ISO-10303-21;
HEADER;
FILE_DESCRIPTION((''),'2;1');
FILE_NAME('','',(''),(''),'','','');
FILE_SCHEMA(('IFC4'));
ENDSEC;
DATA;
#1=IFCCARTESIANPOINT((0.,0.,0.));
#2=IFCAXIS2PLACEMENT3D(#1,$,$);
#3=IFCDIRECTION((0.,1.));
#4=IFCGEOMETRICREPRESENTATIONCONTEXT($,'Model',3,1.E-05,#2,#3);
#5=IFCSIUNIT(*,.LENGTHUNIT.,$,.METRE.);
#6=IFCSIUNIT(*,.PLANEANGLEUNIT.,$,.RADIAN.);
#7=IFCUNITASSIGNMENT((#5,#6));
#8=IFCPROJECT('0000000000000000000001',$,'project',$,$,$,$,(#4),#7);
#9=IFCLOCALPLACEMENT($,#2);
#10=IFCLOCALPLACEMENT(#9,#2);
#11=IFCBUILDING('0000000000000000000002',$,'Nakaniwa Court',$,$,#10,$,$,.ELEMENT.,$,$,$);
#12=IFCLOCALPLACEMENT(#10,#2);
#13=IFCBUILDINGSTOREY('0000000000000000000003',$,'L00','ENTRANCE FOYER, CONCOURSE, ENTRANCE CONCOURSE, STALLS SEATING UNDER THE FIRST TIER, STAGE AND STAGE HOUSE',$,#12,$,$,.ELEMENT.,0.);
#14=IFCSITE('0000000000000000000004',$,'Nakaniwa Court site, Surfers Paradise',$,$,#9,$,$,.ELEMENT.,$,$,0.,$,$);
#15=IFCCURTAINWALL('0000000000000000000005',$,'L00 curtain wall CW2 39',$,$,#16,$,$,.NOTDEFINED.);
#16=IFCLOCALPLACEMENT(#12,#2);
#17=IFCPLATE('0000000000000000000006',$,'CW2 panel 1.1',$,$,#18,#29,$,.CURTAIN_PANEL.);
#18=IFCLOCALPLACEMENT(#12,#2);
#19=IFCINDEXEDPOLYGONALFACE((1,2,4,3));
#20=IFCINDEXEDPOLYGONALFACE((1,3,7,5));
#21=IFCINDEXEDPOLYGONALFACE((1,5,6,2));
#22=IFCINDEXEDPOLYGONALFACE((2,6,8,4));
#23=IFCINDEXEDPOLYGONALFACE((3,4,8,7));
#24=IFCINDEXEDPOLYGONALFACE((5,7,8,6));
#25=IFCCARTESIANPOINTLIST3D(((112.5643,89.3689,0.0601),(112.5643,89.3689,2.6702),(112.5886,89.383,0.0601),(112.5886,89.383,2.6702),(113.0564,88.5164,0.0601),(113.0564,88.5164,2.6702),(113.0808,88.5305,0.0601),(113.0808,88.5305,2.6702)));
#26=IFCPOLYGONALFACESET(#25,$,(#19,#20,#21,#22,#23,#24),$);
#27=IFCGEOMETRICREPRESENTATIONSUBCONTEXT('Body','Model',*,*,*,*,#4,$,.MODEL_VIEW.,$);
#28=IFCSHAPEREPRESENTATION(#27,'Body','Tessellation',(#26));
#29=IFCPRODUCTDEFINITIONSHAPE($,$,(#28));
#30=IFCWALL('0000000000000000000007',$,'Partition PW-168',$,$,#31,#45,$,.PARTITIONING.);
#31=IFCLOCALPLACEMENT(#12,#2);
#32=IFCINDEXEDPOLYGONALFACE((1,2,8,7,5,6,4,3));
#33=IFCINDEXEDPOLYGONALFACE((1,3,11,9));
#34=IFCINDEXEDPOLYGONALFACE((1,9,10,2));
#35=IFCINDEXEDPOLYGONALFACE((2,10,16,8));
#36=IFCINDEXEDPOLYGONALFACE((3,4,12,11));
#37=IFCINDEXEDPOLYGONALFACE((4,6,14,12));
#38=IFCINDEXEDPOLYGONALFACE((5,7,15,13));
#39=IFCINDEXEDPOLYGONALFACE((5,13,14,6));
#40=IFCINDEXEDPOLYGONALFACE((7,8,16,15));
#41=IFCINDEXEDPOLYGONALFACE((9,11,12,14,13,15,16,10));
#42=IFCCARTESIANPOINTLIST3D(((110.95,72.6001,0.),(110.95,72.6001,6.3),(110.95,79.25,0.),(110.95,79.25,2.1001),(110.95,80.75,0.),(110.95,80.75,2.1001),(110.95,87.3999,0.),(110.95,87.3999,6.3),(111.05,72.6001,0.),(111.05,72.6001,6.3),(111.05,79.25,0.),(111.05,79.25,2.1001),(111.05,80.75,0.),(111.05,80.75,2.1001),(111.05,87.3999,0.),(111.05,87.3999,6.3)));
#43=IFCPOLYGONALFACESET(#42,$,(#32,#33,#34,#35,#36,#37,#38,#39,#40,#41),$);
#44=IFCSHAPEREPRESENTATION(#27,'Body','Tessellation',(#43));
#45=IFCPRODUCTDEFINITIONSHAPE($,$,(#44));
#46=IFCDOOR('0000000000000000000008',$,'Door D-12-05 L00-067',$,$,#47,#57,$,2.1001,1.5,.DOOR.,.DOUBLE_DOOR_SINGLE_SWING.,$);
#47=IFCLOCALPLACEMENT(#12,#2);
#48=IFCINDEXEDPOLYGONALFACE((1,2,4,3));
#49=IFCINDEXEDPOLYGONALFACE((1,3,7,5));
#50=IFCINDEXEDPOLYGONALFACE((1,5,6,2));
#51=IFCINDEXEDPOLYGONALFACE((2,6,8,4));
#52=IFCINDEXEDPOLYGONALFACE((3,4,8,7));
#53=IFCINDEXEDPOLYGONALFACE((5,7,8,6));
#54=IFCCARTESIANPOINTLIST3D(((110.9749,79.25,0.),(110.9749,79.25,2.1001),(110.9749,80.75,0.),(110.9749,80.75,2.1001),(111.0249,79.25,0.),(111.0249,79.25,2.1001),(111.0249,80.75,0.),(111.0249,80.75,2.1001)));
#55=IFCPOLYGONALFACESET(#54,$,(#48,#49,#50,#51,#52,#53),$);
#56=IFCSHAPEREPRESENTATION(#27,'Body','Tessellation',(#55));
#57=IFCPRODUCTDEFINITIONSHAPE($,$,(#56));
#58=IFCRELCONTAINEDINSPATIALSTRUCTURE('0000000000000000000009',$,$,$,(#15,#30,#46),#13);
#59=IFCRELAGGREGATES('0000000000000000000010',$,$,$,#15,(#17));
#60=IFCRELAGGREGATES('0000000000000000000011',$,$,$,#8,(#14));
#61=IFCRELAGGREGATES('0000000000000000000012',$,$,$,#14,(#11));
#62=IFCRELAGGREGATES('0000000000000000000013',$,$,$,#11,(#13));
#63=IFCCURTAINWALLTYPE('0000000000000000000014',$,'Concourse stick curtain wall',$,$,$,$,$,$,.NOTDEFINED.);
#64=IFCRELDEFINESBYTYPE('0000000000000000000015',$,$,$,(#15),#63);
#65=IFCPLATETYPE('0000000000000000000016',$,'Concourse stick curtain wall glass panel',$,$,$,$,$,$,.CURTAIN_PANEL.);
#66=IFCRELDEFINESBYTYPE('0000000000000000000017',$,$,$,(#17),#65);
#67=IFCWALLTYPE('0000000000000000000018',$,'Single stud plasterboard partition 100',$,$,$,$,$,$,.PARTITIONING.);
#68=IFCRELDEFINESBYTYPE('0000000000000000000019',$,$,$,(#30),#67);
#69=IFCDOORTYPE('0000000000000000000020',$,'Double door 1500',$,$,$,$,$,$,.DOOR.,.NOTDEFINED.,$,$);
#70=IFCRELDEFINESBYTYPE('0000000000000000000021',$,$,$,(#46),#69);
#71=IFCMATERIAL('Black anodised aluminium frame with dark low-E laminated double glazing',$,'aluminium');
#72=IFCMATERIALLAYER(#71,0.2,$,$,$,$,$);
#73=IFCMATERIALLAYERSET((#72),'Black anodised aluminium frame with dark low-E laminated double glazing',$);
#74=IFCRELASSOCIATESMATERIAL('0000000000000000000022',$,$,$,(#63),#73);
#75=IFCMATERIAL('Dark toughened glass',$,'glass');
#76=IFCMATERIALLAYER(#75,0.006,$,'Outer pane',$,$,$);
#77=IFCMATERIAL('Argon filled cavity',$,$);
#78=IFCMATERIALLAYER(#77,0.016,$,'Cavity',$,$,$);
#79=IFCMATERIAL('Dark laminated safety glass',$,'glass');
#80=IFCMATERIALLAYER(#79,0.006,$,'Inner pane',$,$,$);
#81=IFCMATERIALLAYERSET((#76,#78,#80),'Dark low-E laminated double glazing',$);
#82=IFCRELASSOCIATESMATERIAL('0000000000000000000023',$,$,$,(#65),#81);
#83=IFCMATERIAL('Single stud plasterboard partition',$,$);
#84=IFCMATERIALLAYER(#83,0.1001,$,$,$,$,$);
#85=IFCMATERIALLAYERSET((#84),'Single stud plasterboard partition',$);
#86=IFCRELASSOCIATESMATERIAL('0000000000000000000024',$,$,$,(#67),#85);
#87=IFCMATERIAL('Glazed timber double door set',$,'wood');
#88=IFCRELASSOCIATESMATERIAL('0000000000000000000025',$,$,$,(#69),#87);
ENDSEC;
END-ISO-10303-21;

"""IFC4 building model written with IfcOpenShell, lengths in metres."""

from ifc_helpers import new_model, si_unit, direction, frame, frame_2d, origin, origin_2d, place, context, subcontext, project, spatial, rectangle, extrude, material, layer, layer_set, type_object, element, fill, aggregate, save


model = new_model("IFC4")

# Units and contexts
model_context = context("Model", 3, precision=1e-05, world=origin(), true_north=direction((0.0, 1.0)))
body_context = subcontext(model_context, "Body", "Model", "MODEL_VIEW")
ifc_project = project(units=[si_unit("LENGTHUNIT", "METRE"), si_unit("PLANEANGLEUNIT", "RADIAN")], contexts=[model_context])

# Site, building, storey
site_placement = place(None, origin())
site = spatial("IfcSite", under=ifc_project, at=site_placement, Name="Nakaniwa Court site, Surfers Paradise", CompositionType="ELEMENT", RefElevation=0.0)
building_placement = place(site_placement, origin())
building = spatial("IfcBuilding", under=site, at=building_placement, Name="Nakaniwa Court", CompositionType="ELEMENT")
storey_placement = place(building_placement, origin())
storey = spatial("IfcBuildingStorey", under=building, at=storey_placement, Name="L00", Description="ENTRANCE FOYER, CONCOURSE, ENTRANCE CONCOURSE, STALLS SEATING UNDER THE FIRST TIER, STAGE AND STAGE HOUSE", CompositionType="ELEMENT", Elevation=0.0)

# Curtain wall, plate
ifc_material_1 = material(Name="Black anodised aluminium frame with dark low-E laminated double glazing", Category="aluminium")
ifc_layer_1 = layer(ifc_material_1, 0.2)
ifc_layer_set_1 = layer_set([ifc_layer_1], Name="Black anodised aluminium frame with dark low-E laminated double glazing")
curtain_wall_type = type_object("IfcCurtainWallType", Name="Concourse stick curtain wall", PredefinedType="NOTDEFINED", material=ifc_layer_set_1)
curtain_wall_placement = place(storey_placement, origin())
curtain_wall = element("IfcCurtainWall", 1, at=curtain_wall_placement, inside=storey, type_object=curtain_wall_type, Name="L00 curtain wall CW2 39", PredefinedType="NOTDEFINED")
ifc_material_2 = material(Name="Dark toughened glass", Category="glass")
ifc_layer_2 = layer(ifc_material_2, 0.006, Name="Outer pane")
ifc_material_3 = material(Name="Argon filled cavity")
ifc_layer_3 = layer(ifc_material_3, 0.016, Name="Cavity")
ifc_material_4 = material(Name="Dark laminated safety glass", Category="glass")
ifc_layer_4 = layer(ifc_material_4, 0.006, Name="Inner pane")
ifc_layer_set_2 = layer_set([ifc_layer_2, ifc_layer_3, ifc_layer_4], Name="Dark low-E laminated double glazing")
plate_type = type_object("IfcPlateType", Name="Concourse stick curtain wall glass panel", PredefinedType="CURTAIN_PANEL", material=ifc_layer_set_2)
plate_placement = place(storey_placement, frame((112.8225, 88.9497, 0.0601), z_axis=(0.0, 0.0, 1.0), x_axis=(-0.499983, 0.866035, 0.0)))
plate = element("IfcPlate", 2, at=plate_placement, type_object=plate_type, Name="CW2 panel 1.1", PredefinedType="CURTAIN_PANEL", context=body_context, shape_type="SweptSolid", body=[
    extrude(rectangle(XDim=0.9844, YDim=0.0281, at=origin_2d()), origin(), (0.0, 0.0, 1.0), 2.6101),
])
aggregate(curtain_wall, [plate])

# Wall, opening, door
ifc_material_5 = material(Name="Single stud plasterboard partition")
ifc_layer_5 = layer(ifc_material_5, 0.1001)
ifc_layer_set_3 = layer_set([ifc_layer_5], Name="Single stud plasterboard partition")
wall_type = type_object("IfcWallType", Name="Single stud plasterboard partition 100", PredefinedType="PARTITIONING", material=ifc_layer_set_3)
wall_placement = place(storey_placement, frame((111.0, 87.3999, 0.0), z_axis=(0.0, 0.0, 1.0), x_axis=(0.0, -1.0, 0.0)))
wall = element("IfcWall", 3, at=wall_placement, inside=storey, type_object=wall_type, Name="Partition PW-168", PredefinedType="PARTITIONING", context=body_context, shape_type="SweptSolid", body=[
    extrude(rectangle(XDim=14.7998, YDim=0.1001, at=frame_2d((7.3999, 0.0))), origin(), (0.0, 0.0, 1.0), 6.3),
])
opening_placement = place(wall_placement, frame((6.6499, 0.0, 0.0)))
opening = element("IfcOpeningElement", 4, at=opening_placement, cuts=wall, PredefinedType="OPENING", context=body_context, shape_type="SweptSolid", body=[
    extrude(rectangle(XDim=1.5, YDim=2.1001, at=frame_2d((0.75, 1.05))), frame((0.0, 0.0601, 0.0), z_axis=(0.0, -1.0, 0.0), x_axis=(1.0, 0.0, 0.0)), (0.0, 0.0, 1.0), 0.1201),
])
ifc_material_6 = material(Name="Glazed timber double door set", Category="wood")
door_type = type_object("IfcDoorType", Name="Double door 1500", OperationType="NOTDEFINED", PredefinedType="DOOR", material=ifc_material_6)
door_placement = place(opening_placement, origin())
door = element("IfcDoor", 5, at=door_placement, inside=storey, type_object=door_type, Name="Door D-12-05 L00-067", OperationType="DOUBLE_DOOR_SINGLE_SWING", OverallHeight=2.1001, OverallWidth=1.5, PredefinedType="DOOR", context=body_context, shape_type="SweptSolid", body=[
    extrude(rectangle(XDim=1.5, YDim=2.1001, at=frame_2d((0.75, 1.05))), frame((0.0, 0.0249, 0.0), z_axis=(0.0, -1.0, 0.0), x_axis=(1.0, 0.0, 0.0)), (0.0, 0.0, 1.0), 0.05),
])
fill(opening, door)

save(model, "model.ifc")
